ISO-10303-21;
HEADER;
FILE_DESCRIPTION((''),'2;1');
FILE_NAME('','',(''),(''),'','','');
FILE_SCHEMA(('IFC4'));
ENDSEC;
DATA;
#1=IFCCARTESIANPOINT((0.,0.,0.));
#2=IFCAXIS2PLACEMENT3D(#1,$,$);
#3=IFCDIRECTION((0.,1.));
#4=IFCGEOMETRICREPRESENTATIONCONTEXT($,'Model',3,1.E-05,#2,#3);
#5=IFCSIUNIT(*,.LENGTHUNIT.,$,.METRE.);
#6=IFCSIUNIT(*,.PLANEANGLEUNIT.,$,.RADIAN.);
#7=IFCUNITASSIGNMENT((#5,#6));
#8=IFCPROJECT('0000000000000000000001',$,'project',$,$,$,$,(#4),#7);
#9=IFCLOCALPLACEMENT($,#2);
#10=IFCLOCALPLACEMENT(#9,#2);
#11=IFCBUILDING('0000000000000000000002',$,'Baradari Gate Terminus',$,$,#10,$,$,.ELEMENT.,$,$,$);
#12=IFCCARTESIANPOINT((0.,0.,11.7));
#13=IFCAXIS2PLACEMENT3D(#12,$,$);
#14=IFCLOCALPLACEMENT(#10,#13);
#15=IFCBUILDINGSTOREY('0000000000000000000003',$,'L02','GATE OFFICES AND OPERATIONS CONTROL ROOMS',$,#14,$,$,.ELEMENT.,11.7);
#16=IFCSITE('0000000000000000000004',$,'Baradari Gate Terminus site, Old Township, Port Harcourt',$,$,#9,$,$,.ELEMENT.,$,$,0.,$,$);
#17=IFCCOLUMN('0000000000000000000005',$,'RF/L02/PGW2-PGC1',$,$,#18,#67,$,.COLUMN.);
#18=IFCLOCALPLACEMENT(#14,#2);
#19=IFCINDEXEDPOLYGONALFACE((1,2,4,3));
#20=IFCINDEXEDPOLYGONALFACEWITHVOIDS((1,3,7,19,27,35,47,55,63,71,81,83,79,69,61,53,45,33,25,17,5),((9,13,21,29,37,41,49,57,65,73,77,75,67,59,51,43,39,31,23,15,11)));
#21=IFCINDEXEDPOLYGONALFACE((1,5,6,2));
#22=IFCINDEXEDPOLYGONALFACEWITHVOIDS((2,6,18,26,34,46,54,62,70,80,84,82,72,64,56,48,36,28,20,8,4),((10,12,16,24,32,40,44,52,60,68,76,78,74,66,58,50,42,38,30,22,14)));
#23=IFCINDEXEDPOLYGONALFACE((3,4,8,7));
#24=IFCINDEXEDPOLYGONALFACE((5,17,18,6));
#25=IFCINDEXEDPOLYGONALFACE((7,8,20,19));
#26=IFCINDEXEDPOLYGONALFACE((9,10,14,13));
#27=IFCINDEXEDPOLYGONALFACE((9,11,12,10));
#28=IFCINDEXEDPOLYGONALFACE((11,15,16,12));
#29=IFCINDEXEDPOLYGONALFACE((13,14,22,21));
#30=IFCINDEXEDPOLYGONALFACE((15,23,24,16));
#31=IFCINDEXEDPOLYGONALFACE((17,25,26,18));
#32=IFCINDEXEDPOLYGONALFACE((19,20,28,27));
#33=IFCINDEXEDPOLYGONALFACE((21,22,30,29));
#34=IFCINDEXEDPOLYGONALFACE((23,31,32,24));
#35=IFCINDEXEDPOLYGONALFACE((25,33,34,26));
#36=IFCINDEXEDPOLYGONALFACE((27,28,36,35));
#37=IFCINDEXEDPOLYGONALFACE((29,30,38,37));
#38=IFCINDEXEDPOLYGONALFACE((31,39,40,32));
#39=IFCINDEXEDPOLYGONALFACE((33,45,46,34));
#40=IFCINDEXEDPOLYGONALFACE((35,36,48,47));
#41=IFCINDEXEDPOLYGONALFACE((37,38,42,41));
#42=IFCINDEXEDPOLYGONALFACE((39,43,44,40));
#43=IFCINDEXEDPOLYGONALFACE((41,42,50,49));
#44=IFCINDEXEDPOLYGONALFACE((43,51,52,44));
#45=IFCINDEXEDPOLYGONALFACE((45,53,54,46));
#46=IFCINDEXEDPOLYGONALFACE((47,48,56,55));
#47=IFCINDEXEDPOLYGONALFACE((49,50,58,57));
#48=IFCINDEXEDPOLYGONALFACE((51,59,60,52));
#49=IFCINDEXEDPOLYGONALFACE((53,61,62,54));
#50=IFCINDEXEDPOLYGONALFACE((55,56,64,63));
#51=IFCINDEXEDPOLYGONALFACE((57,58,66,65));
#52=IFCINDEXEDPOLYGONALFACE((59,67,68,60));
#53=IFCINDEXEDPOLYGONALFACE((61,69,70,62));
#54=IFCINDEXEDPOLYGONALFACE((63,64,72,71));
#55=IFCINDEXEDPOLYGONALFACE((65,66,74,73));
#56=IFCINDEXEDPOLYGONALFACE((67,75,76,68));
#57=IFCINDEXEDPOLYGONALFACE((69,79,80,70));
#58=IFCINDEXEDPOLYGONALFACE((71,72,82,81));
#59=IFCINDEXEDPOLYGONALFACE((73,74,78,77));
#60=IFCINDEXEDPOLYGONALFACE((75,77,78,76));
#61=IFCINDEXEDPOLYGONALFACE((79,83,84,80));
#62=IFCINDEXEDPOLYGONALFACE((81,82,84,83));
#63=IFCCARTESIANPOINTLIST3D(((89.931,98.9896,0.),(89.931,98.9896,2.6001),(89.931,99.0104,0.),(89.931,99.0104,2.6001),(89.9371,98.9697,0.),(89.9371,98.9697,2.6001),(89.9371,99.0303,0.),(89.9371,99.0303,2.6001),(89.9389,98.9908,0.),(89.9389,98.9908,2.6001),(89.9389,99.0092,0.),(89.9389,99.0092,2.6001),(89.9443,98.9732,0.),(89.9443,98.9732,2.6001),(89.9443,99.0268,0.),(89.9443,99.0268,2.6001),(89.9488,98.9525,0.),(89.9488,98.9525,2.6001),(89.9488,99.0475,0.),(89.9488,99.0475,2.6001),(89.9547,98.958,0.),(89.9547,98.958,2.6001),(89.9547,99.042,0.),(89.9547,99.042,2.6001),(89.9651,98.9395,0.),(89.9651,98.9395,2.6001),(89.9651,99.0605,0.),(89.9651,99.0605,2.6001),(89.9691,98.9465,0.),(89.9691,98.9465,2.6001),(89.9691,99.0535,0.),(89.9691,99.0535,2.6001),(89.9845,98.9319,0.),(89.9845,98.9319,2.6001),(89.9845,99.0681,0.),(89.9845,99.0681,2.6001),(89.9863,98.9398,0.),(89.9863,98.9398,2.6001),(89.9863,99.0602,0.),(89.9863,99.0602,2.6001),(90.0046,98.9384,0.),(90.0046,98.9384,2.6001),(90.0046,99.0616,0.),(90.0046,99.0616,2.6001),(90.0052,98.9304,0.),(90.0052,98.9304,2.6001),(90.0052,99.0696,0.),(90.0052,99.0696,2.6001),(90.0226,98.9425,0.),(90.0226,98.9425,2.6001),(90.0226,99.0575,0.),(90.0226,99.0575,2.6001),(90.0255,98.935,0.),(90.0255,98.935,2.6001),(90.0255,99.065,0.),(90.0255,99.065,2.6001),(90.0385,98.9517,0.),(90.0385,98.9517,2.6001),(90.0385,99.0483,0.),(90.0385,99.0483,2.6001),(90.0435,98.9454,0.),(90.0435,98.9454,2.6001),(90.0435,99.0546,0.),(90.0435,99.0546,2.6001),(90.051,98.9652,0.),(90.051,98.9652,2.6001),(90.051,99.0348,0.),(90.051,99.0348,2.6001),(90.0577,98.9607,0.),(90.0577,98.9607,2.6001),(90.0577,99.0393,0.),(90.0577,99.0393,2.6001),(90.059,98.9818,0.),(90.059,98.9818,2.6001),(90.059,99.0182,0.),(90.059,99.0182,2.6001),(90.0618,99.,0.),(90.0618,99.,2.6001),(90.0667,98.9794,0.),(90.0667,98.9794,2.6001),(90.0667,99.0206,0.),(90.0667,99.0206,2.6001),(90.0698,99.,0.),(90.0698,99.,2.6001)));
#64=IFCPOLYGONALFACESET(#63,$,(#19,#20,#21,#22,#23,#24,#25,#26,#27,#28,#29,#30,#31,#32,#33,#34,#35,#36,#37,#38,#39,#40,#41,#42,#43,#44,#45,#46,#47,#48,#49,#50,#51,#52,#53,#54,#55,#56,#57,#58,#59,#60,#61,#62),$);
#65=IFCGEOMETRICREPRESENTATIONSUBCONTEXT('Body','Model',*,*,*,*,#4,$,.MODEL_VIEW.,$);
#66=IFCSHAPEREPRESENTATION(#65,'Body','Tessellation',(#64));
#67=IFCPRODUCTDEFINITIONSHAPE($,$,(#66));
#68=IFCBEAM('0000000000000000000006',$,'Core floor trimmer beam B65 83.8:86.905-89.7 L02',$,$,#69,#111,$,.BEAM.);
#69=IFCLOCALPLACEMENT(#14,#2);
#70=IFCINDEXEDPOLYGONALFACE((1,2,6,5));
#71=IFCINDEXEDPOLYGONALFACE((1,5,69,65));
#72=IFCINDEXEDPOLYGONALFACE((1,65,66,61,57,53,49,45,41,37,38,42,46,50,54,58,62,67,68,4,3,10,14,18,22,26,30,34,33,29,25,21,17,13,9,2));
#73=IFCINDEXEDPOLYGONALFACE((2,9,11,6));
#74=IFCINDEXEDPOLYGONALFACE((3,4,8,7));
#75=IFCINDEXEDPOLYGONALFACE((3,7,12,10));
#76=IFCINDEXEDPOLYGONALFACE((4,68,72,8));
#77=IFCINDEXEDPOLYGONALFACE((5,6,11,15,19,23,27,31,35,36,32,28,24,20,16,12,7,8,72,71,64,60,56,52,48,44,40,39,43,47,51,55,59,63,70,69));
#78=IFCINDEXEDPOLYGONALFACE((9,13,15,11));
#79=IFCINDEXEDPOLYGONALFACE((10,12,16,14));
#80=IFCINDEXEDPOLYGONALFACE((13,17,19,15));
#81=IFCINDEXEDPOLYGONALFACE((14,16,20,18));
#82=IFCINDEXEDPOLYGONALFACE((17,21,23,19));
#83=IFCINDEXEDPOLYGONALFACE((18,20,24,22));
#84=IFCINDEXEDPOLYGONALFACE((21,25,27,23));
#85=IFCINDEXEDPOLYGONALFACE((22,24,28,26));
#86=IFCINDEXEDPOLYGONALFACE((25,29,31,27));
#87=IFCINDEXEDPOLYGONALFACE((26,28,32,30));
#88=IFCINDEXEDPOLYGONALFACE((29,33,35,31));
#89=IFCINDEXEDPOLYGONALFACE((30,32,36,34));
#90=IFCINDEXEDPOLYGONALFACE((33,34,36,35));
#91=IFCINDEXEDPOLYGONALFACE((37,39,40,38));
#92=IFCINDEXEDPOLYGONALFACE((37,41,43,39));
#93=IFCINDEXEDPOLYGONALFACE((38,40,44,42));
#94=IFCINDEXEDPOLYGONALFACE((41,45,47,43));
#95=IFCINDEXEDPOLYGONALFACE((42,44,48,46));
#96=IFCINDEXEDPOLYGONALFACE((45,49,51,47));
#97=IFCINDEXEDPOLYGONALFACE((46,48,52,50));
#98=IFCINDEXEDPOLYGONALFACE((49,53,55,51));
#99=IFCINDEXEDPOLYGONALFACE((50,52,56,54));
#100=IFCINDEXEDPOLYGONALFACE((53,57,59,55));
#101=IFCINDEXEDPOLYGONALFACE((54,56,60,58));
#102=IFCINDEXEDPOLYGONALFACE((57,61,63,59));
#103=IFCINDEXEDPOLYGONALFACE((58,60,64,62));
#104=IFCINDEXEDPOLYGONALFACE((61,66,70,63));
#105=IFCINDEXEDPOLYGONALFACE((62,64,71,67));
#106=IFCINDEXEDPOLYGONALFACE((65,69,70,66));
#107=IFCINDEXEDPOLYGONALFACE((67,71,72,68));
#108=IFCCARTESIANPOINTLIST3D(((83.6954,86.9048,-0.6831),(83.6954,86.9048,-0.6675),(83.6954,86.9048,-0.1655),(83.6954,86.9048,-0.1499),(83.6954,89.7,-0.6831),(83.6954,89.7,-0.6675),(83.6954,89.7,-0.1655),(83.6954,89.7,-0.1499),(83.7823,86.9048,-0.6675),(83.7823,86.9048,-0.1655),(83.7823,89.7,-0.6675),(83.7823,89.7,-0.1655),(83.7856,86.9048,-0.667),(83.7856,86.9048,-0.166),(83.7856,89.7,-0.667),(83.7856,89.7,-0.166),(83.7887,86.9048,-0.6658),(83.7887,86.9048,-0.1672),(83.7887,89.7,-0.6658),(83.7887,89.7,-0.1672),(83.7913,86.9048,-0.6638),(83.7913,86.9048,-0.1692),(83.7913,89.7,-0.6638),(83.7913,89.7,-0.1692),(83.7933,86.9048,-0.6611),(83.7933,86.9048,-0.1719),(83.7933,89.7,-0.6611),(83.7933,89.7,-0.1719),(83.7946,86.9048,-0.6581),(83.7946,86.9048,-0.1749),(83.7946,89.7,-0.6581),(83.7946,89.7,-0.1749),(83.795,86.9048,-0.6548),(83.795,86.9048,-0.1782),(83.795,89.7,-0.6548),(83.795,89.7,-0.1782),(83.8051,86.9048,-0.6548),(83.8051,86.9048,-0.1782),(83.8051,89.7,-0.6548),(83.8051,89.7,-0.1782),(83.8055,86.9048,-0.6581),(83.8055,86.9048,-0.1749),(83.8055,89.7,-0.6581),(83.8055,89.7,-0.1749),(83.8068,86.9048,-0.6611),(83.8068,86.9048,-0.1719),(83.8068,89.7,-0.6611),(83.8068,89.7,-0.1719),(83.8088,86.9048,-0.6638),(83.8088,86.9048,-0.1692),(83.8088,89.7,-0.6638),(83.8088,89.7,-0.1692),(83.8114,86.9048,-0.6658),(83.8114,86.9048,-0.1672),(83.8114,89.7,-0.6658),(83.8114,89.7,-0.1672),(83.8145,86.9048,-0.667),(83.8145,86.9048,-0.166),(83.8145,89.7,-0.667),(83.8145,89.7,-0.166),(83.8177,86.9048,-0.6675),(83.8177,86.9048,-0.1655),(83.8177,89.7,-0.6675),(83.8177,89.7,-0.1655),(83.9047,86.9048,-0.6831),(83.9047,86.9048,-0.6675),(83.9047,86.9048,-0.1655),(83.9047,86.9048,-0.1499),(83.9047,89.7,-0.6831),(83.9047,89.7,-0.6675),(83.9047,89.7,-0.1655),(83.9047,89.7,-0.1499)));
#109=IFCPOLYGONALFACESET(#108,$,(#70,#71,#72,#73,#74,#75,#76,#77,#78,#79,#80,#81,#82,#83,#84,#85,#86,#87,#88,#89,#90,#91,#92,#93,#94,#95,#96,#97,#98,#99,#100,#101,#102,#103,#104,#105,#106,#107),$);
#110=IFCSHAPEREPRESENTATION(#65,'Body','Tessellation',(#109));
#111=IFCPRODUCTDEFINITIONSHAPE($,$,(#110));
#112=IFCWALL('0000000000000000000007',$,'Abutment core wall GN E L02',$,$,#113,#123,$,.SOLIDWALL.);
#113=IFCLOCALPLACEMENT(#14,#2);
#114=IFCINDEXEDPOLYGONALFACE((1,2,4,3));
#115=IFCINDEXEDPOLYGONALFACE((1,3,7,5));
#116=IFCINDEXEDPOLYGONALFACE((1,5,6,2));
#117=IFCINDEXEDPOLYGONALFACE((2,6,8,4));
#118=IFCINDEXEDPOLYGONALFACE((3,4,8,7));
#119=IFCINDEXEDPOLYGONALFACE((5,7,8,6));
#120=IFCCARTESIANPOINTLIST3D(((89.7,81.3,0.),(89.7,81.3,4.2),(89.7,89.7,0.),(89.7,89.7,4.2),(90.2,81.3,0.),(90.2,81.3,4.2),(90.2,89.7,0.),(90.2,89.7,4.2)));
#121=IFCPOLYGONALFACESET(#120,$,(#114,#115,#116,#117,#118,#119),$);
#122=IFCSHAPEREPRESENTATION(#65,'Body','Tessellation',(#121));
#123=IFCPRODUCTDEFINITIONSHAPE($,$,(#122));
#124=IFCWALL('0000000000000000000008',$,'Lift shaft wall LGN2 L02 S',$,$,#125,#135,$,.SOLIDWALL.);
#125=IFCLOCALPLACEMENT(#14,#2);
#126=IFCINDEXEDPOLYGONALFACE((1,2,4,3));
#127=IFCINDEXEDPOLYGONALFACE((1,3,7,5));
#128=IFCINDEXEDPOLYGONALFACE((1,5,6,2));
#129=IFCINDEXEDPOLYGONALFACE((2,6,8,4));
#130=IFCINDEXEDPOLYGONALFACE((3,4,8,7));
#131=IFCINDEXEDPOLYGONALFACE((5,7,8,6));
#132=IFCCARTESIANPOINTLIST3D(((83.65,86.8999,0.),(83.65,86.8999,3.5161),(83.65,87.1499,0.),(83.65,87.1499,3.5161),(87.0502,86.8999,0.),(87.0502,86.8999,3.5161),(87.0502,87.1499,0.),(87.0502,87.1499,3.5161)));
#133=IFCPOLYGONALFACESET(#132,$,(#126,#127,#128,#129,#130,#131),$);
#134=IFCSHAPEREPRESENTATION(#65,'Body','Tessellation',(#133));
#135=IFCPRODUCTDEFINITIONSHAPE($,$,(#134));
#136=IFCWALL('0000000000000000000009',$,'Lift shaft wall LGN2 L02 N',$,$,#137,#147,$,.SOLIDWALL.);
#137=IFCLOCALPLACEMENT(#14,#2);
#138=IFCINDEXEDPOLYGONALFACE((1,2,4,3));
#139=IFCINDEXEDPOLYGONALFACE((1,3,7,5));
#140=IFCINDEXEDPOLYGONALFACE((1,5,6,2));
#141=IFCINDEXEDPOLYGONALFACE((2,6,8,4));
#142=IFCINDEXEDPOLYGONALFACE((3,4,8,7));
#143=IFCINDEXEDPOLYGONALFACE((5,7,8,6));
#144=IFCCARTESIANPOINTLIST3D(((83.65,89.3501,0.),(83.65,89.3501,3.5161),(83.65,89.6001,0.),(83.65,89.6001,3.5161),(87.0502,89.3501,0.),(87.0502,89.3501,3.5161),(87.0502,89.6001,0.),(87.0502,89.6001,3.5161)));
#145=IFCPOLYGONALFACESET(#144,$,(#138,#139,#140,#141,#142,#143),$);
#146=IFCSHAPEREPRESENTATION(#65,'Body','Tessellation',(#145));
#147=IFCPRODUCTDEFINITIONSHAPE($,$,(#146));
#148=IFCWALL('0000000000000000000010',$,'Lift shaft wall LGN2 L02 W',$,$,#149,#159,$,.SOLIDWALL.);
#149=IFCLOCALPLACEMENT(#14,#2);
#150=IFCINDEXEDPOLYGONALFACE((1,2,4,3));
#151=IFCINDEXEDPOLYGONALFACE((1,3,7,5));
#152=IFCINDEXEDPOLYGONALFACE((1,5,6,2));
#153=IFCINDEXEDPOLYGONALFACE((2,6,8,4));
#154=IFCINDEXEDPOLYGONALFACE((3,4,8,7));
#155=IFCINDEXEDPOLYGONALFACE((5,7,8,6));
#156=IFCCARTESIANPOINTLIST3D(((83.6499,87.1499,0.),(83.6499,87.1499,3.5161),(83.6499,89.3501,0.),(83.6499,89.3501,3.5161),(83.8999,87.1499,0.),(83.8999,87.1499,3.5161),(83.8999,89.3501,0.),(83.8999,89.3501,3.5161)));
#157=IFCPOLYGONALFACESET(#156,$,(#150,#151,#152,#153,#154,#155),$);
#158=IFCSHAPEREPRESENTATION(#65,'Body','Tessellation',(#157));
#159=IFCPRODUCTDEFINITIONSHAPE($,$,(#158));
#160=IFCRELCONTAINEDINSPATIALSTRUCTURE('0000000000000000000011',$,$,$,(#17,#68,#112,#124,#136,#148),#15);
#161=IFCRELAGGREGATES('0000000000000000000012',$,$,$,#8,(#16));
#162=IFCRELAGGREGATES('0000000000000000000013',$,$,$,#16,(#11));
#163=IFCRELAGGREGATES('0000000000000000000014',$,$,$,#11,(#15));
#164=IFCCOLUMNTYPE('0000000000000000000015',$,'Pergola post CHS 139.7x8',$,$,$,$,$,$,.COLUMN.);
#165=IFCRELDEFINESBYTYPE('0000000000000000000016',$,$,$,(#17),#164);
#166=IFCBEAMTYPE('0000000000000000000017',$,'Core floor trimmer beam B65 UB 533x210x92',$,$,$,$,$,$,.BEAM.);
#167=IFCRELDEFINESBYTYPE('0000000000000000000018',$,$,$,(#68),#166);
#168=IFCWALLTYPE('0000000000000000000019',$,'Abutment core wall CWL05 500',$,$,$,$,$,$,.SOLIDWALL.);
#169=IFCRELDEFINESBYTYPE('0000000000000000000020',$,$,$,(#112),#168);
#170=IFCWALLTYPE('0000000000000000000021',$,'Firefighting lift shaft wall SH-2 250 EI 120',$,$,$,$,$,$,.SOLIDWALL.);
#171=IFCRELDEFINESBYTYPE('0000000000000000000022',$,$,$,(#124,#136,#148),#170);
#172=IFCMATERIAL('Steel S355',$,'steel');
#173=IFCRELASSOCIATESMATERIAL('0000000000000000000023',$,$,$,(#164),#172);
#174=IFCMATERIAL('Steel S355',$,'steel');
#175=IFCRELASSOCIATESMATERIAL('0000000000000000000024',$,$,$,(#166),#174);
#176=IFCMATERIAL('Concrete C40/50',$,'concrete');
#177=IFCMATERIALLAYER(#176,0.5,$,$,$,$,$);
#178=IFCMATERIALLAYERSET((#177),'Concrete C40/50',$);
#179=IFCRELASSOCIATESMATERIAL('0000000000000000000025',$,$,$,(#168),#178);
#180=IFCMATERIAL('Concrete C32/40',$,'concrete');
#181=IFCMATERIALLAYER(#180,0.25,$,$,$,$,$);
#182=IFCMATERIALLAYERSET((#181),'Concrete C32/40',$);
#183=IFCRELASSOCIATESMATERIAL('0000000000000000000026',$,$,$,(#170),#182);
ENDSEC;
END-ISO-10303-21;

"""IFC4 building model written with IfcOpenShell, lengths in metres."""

from ifc_helpers import new_model, si_unit, direction, frame, frame_2d, origin, origin_2d, place, context, subcontext, project, spatial, rectangle, hollow_circle, i_section, extrude, material, layer, layer_set, material_profile, profile_set, type_object, element, save


model = new_model("IFC4")

# Units and contexts
model_context = context("Model", 3, precision=1e-05, world=origin(), true_north=direction((0.0, 1.0)))
body_context = subcontext(model_context, "Body", "Model", "MODEL_VIEW")
ifc_project = project(units=[si_unit("LENGTHUNIT", "METRE"), si_unit("PLANEANGLEUNIT", "RADIAN")], contexts=[model_context])

# Site, building, storey
site_placement = place(None, origin())
site = spatial("IfcSite", under=ifc_project, at=site_placement, Name="Baradari Gate Terminus site, Old Township, Port Harcourt", CompositionType="ELEMENT", RefElevation=0.0)
building_placement = place(site_placement, origin())
building = spatial("IfcBuilding", under=site, at=building_placement, Name="Baradari Gate Terminus", CompositionType="ELEMENT")
storey_placement = place(building_placement, frame((0.0, 0.0, 11.7)))
storey = spatial("IfcBuildingStorey", under=building, at=storey_placement, Name="L02", Description="GATE OFFICES AND OPERATIONS CONTROL ROOMS", CompositionType="ELEMENT", Elevation=11.7)

# Column
ifc_material_1 = material(Name="Steel S355", Category="steel")
ifc_material_profile_1 = material_profile(ifc_material_1, hollow_circle(Radius=0.0698, WallThickness=0.0081, at=origin_2d()), Name="CHS 139.7x8")
ifc_profile_set_1 = profile_set([ifc_material_profile_1], Name="Steel S355")
column_type = type_object("IfcColumnType", Name="Pergola post CHS 139.7x8", PredefinedType="COLUMN", material=ifc_profile_set_1)
column_placement = place(storey_placement, frame((90.0, 99.0, 0.0), z_axis=(0.0, 0.0, 1.0), x_axis=(1.0, 0.0, 0.0)))
element("IfcColumn", 1, at=column_placement, inside=storey, type_object=column_type, Name="RF/L02/PGW2-PGC1", PredefinedType="COLUMN", context=body_context, shape_type="SweptSolid", body=[
    extrude(hollow_circle(Radius=0.0698, WallThickness=0.0081, at=origin_2d()), origin(), (0.0, 0.0, 1.0), 2.6001),
])

# Beam
ifc_material_2 = material(Name="Steel S355", Category="steel")
ifc_material_profile_2 = material_profile(ifc_material_2, i_section(OverallWidth=0.2092, OverallDepth=0.5332, WebThickness=0.01, FlangeThickness=0.0156, FilletRadius=0.0127, at=origin_2d()), Name="UB 533x210x92")
ifc_profile_set_2 = profile_set([ifc_material_profile_2], Name="Steel S355")
beam_type = type_object("IfcBeamType", Name="Core floor trimmer beam B65 UB 533x210x92", PredefinedType="BEAM", material=ifc_profile_set_2)
beam_placement = place(storey_placement, frame((83.8, 86.9048, -0.4165), z_axis=(0.0, 1.0, 0.0), x_axis=(-1.0, 0.0, 0.0)))
element("IfcBeam", 2, at=beam_placement, inside=storey, type_object=beam_type, Name="Core floor trimmer beam B65 83.8:86.905-89.7 L02", PredefinedType="BEAM", context=body_context, shape_type="SweptSolid", body=[
    extrude(i_section(OverallWidth=0.2092, OverallDepth=0.5332, WebThickness=0.01, FlangeThickness=0.0156, FilletRadius=0.0127, at=origin_2d()), origin(), (0.0, 0.0, 1.0), 2.7952),
])

# Walls
ifc_material_3 = material(Name="Concrete C40/50", Category="concrete")
ifc_layer_1 = layer(ifc_material_3, 0.5)
ifc_layer_set_1 = layer_set([ifc_layer_1], Name="Concrete C40/50")
wall_type_1 = type_object("IfcWallType", Name="Abutment core wall CWL05 500", PredefinedType="SOLIDWALL", material=ifc_layer_set_1)
wall_1_placement = place(storey_placement, frame((89.95, 81.3, 0.0), z_axis=(0.0, 0.0, 1.0), x_axis=(0.0, 1.0, 0.0)))
element("IfcWall", 3, at=wall_1_placement, inside=storey, type_object=wall_type_1, Name="Abutment core wall GN E L02", PredefinedType="SOLIDWALL", context=body_context, shape_type="SweptSolid", body=[
    extrude(rectangle(XDim=8.3999, YDim=0.5, at=frame_2d((4.2, 0.0))), origin(), (0.0, 0.0, 1.0), 4.2),
])
ifc_material_4 = material(Name="Concrete C32/40", Category="concrete")
ifc_layer_2 = layer(ifc_material_4, 0.25)
ifc_layer_set_2 = layer_set([ifc_layer_2], Name="Concrete C32/40")
wall_type_2 = type_object("IfcWallType", Name="Firefighting lift shaft wall SH-2 250 EI 120", PredefinedType="SOLIDWALL", material=ifc_layer_set_2)
for number, where, z_axis, x_axis, name in (
    (4, (83.6499, 87.0249, 0.0), (0.0, 0.0, 1.0), (1.0, 0.0, 0.0), "Lift shaft wall LGN2 L02 S"),
    (5, (83.6499, 89.4751, 0.0), (0.0, 0.0, 1.0), (1.0, 0.0, 0.0), "Lift shaft wall LGN2 L02 N"),
):
    element("IfcWall", number, at=place(storey_placement, frame(where, z_axis=z_axis, x_axis=x_axis)), inside=storey, type_object=wall_type_2, Name=name, PredefinedType="SOLIDWALL", context=body_context, shape_type="SweptSolid", body=[
        extrude(rectangle(XDim=3.4001, YDim=0.25, at=frame_2d((1.7002, 0.0))), origin(), (0.0, 0.0, 1.0), 3.5161),
    ])
wall_2_placement = place(storey_placement, frame((83.7749, 87.1499, 0.0), z_axis=(0.0, 0.0, 1.0), x_axis=(0.0, 1.0, 0.0)))
element("IfcWall", 6, at=wall_2_placement, inside=storey, type_object=wall_type_2, Name="Lift shaft wall LGN2 L02 W", PredefinedType="SOLIDWALL", context=body_context, shape_type="SweptSolid", body=[
    extrude(rectangle(XDim=2.2002, YDim=0.25, at=frame_2d((1.1001, 0.0))), origin(), (0.0, 0.0, 1.0), 3.5161),
])

save(model, "model.ifc")
